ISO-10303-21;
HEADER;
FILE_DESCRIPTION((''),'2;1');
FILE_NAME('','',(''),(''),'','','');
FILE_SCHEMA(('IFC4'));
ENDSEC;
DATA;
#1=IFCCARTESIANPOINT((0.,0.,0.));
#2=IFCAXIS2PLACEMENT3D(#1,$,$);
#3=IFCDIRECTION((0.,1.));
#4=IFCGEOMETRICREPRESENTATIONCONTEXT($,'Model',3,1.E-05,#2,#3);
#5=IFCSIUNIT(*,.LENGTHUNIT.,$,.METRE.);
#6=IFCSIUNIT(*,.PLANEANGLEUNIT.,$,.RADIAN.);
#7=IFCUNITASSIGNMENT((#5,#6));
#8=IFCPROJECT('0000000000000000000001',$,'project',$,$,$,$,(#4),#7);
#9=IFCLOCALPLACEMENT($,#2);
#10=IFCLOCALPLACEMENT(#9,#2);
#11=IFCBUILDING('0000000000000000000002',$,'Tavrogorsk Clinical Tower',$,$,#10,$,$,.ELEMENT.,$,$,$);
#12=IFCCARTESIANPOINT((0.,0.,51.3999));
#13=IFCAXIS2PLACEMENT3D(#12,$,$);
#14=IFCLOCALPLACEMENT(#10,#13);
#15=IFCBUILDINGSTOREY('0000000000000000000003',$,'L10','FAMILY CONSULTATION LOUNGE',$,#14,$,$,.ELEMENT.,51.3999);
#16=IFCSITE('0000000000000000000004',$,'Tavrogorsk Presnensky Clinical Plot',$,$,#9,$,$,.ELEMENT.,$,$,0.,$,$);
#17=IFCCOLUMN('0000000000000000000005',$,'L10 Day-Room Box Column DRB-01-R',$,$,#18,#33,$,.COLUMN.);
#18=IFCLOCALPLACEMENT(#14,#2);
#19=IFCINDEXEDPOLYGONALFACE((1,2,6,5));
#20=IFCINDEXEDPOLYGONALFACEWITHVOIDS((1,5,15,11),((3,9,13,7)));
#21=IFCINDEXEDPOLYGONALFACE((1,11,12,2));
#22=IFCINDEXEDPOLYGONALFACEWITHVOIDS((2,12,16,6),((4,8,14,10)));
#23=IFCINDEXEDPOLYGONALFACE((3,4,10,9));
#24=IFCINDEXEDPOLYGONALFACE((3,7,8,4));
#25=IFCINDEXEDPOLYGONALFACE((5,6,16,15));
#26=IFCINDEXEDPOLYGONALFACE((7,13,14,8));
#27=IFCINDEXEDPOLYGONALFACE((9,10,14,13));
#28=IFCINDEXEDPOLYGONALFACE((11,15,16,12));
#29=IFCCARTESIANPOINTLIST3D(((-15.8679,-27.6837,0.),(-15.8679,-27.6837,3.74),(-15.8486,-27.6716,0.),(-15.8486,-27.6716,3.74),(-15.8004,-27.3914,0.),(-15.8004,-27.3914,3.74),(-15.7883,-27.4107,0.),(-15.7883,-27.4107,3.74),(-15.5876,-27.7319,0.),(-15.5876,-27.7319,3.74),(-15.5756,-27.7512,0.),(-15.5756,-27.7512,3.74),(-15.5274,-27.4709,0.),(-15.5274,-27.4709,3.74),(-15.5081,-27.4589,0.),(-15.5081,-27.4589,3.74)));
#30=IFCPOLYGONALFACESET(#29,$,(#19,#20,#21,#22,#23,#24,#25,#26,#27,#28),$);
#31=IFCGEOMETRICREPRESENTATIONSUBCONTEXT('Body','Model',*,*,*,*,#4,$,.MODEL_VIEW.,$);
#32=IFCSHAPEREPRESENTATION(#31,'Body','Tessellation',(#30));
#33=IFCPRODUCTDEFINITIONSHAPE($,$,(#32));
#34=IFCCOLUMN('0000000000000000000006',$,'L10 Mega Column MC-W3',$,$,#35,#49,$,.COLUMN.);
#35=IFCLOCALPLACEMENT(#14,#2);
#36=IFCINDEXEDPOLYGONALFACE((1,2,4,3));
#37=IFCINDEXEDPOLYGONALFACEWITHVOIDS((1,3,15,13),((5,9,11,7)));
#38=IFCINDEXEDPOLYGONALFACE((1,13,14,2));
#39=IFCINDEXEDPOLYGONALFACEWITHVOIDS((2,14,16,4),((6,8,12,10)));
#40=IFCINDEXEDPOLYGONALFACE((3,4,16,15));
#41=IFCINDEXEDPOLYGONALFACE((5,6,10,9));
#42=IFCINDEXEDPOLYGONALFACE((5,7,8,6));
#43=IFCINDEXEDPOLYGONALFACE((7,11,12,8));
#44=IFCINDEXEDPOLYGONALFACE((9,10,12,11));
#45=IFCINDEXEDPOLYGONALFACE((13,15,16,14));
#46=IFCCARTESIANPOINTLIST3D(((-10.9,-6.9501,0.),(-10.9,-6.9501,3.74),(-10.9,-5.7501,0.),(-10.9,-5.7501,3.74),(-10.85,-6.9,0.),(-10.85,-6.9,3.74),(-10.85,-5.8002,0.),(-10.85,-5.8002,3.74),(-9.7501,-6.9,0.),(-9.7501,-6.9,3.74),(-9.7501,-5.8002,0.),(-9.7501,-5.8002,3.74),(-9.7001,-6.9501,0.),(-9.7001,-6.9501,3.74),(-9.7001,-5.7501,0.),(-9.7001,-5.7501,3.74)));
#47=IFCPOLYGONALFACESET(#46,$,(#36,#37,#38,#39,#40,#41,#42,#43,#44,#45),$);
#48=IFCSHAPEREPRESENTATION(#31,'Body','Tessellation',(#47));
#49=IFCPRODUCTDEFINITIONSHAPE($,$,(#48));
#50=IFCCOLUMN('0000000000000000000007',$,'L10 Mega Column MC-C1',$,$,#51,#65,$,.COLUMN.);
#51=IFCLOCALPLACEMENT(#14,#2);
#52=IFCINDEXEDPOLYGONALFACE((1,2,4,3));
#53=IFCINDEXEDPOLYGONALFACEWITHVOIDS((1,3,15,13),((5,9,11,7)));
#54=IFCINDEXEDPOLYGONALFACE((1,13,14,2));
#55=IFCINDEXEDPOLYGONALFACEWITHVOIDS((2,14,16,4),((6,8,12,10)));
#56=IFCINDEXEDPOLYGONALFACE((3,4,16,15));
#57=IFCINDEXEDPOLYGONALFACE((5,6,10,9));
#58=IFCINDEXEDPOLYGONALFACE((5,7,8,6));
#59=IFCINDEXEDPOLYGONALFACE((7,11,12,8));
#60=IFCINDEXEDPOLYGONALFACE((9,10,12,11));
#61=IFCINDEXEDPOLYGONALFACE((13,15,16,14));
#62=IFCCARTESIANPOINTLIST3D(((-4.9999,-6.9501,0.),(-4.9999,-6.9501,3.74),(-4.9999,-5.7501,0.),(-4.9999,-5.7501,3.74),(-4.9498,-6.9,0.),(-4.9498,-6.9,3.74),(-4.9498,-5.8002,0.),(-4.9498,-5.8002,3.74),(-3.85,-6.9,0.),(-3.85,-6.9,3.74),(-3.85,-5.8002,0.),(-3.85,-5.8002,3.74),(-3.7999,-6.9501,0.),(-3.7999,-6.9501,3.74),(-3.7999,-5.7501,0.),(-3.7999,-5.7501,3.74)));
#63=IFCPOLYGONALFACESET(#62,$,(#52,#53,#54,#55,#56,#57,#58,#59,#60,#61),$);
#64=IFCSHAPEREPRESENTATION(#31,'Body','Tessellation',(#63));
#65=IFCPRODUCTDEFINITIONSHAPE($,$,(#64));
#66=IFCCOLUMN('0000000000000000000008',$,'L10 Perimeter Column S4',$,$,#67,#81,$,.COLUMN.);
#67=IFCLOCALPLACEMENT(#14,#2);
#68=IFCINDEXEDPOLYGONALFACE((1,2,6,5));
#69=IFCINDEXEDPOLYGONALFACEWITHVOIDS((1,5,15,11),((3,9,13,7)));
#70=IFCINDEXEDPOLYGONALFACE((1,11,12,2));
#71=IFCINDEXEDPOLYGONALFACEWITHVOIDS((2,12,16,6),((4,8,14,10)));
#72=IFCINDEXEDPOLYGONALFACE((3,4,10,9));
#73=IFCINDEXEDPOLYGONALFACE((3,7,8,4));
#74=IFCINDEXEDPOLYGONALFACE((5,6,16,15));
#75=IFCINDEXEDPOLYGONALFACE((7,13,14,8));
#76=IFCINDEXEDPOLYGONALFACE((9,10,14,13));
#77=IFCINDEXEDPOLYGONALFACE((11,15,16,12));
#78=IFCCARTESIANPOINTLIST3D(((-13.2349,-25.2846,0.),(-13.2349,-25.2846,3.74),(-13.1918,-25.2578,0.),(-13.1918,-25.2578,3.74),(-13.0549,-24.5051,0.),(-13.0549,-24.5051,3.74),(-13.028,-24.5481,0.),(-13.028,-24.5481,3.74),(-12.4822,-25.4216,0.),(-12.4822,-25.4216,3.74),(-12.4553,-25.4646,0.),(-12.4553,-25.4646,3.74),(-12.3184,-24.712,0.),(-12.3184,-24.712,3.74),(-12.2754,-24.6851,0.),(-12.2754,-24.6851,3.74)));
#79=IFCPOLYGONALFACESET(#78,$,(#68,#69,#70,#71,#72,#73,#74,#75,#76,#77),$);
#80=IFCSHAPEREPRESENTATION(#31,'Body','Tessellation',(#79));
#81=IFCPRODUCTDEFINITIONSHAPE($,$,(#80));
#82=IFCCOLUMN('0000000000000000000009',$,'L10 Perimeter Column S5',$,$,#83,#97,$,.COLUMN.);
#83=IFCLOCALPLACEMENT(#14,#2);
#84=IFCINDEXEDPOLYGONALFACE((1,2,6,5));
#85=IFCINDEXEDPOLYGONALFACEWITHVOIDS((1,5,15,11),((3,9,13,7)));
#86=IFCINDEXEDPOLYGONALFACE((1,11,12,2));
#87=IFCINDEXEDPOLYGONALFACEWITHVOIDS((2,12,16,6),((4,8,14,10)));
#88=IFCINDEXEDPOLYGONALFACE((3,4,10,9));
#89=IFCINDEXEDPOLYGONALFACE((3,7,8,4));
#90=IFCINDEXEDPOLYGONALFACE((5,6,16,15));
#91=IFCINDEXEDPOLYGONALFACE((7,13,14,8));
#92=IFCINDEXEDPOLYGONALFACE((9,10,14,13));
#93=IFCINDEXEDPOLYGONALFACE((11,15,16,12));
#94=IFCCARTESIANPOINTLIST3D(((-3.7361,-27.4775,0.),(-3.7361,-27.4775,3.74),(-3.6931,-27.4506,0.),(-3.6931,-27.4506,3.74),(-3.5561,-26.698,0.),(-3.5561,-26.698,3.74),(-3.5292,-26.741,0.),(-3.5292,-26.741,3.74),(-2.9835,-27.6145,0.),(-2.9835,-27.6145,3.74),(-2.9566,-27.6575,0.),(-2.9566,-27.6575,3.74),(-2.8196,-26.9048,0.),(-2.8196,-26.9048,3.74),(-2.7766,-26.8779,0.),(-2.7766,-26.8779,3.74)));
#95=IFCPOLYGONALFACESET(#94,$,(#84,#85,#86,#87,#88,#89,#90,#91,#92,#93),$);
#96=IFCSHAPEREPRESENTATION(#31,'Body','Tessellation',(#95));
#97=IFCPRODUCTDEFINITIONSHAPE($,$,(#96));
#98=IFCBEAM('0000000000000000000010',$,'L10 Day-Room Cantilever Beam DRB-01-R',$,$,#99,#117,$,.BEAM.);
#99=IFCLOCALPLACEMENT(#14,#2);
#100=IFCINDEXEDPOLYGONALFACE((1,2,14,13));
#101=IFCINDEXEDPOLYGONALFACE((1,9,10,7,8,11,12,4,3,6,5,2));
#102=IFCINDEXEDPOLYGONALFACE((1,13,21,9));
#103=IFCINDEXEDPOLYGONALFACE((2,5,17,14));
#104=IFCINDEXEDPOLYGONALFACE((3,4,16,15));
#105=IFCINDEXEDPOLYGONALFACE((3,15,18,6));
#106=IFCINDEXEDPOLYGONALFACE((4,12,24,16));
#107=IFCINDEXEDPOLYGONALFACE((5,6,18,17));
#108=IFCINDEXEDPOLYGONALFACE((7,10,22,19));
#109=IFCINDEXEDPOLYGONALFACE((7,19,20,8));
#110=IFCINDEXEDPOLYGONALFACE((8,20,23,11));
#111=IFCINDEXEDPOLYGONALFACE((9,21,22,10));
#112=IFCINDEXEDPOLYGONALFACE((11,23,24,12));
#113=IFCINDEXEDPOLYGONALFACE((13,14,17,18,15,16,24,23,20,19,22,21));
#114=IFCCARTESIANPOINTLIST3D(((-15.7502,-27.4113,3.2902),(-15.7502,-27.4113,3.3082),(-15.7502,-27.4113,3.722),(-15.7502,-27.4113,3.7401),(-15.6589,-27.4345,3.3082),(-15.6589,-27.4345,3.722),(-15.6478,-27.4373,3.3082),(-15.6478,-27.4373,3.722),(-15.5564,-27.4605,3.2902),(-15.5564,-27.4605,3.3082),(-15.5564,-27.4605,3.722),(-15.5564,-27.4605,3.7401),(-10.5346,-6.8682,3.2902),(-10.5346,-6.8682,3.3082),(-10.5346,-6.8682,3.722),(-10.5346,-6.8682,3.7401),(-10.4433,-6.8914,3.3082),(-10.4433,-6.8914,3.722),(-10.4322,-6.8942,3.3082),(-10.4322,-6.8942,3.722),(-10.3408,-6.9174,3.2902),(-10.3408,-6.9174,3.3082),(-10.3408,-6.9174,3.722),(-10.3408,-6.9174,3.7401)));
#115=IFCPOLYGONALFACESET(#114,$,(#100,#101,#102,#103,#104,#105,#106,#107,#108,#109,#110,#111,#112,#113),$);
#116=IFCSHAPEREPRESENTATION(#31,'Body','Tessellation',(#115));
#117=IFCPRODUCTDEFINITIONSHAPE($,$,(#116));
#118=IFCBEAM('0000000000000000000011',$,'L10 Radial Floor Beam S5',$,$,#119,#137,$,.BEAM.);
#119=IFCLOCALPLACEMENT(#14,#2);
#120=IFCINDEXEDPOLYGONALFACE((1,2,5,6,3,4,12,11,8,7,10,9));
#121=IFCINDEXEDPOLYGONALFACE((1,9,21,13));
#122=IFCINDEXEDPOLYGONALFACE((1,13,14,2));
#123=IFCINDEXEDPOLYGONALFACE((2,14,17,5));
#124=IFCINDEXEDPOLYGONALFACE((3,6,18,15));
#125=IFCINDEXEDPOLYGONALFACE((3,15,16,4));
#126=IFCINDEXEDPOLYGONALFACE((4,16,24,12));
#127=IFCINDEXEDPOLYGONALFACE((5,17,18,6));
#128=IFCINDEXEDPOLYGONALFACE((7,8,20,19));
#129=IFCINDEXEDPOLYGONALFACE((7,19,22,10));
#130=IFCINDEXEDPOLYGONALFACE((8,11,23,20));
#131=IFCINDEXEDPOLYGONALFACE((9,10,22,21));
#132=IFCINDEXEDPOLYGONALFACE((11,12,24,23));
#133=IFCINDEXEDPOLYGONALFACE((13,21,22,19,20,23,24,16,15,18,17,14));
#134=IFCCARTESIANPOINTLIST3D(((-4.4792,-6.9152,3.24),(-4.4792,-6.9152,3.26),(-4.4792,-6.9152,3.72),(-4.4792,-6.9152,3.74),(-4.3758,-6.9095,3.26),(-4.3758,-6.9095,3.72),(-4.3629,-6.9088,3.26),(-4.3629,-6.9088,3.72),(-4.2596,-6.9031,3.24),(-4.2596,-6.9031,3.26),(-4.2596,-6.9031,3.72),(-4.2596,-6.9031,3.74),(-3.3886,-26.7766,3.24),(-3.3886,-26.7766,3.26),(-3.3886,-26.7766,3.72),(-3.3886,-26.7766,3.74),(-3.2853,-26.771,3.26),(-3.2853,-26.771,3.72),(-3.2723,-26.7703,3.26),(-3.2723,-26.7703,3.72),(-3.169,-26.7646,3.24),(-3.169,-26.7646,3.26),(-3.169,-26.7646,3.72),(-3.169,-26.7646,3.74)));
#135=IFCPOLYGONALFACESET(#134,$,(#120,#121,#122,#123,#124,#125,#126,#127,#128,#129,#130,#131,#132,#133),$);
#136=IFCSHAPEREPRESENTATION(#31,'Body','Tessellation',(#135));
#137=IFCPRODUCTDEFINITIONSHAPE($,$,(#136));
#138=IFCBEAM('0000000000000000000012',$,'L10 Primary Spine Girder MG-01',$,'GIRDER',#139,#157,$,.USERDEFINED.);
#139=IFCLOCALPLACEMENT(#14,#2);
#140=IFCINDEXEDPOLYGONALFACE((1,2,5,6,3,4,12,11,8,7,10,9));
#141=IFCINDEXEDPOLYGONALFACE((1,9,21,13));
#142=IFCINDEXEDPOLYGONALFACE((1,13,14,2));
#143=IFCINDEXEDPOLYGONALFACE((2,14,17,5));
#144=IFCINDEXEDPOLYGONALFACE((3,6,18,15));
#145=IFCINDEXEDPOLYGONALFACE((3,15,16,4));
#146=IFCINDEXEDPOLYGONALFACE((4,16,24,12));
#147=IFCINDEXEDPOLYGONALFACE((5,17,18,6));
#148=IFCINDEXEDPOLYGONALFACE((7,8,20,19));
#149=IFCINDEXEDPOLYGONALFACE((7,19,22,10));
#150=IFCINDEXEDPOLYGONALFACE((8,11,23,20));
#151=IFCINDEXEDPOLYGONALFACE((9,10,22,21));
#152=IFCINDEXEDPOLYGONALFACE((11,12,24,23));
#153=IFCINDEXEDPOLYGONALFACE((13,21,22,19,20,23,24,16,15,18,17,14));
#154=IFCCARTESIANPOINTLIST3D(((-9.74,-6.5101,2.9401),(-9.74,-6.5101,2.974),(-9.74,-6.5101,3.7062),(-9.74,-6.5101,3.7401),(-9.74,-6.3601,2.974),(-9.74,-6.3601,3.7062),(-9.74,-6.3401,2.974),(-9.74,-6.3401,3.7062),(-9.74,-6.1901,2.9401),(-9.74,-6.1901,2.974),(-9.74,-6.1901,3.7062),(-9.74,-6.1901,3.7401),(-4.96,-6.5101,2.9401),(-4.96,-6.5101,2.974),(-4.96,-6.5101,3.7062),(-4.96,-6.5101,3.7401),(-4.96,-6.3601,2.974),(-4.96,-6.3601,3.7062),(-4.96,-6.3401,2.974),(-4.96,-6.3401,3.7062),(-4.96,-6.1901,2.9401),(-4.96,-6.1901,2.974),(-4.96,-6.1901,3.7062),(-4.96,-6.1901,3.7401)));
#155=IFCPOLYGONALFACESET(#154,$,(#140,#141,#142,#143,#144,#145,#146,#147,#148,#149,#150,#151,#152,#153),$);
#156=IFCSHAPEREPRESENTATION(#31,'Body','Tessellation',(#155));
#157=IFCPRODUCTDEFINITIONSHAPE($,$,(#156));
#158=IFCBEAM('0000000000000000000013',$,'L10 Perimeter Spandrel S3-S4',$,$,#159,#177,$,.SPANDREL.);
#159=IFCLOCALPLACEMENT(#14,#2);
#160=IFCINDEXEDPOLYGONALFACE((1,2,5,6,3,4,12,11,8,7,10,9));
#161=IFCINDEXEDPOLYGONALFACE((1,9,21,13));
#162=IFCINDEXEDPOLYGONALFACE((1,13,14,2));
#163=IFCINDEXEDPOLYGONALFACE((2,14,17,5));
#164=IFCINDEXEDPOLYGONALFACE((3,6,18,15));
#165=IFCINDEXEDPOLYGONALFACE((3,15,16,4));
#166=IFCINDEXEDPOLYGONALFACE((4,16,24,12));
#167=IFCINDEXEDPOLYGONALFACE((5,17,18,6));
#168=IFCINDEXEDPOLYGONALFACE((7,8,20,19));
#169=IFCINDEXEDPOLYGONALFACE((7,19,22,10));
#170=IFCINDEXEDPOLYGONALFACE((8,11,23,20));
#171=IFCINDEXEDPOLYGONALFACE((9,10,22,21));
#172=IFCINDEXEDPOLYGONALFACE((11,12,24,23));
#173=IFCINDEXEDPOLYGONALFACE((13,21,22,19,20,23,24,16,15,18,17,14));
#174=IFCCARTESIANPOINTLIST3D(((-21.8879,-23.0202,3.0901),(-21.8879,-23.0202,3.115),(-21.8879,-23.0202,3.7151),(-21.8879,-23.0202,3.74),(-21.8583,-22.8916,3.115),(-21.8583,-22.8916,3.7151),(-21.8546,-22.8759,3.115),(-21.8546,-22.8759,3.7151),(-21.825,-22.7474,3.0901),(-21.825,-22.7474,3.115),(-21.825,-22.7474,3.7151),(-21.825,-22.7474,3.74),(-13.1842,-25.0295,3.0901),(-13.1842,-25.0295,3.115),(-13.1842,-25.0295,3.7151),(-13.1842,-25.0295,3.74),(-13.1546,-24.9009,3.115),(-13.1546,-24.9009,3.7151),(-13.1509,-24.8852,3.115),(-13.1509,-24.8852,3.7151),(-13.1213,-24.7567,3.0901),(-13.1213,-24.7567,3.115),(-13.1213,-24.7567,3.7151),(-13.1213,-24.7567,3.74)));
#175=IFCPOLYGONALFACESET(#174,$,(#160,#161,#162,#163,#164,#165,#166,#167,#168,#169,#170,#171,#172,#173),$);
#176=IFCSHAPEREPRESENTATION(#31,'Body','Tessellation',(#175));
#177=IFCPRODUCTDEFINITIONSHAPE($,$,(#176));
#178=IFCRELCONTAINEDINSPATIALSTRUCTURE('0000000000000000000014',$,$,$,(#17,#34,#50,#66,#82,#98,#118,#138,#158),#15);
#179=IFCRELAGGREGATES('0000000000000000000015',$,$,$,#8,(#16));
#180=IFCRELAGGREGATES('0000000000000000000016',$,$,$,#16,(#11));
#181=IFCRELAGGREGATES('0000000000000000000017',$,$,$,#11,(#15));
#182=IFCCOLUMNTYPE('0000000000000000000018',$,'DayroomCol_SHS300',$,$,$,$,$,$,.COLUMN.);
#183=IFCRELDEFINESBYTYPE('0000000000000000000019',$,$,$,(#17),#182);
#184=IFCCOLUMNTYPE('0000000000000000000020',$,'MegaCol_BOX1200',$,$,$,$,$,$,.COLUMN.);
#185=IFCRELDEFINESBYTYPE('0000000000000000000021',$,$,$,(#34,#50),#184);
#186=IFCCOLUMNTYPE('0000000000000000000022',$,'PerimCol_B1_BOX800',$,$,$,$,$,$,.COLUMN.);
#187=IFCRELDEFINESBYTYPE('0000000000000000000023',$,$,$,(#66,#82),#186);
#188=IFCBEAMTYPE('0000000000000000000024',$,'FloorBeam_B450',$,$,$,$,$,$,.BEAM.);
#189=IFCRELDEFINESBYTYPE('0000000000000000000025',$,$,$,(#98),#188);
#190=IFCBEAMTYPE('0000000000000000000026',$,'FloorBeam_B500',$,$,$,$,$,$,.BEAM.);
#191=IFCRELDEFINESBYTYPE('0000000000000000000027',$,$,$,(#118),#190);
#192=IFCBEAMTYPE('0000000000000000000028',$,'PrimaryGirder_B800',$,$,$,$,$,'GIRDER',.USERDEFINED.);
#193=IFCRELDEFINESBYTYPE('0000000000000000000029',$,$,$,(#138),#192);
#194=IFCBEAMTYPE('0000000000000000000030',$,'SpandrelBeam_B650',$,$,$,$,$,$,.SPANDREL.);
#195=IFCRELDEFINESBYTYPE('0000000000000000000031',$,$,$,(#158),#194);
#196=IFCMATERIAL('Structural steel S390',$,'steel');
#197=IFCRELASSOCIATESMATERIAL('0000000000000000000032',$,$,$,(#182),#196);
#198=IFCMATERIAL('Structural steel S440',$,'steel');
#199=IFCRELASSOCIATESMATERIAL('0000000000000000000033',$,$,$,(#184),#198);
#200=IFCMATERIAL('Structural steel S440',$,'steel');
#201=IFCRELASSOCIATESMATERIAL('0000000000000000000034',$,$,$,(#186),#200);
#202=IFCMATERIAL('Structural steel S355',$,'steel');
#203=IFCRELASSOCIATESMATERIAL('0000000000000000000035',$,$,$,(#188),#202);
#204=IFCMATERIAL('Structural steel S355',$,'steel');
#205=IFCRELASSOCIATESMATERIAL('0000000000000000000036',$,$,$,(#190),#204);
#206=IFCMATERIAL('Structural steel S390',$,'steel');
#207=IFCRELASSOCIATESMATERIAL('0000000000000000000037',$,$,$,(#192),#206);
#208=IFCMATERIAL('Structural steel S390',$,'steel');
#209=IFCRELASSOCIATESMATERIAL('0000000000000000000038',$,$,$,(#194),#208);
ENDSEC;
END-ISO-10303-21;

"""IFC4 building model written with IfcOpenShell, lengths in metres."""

from ifc_helpers import new_model, si_unit, direction, frame, origin, origin_2d, place, context, subcontext, project, spatial, hollow_rectangle, i_section, extrude, material, material_profile, profile_set, type_object, element, save


model = new_model("IFC4")

# Units and contexts
model_context = context("Model", 3, precision=1e-05, world=origin(), true_north=direction((0.0, 1.0)))
body_context = subcontext(model_context, "Body", "Model", "MODEL_VIEW")
ifc_project = project(units=[si_unit("LENGTHUNIT", "METRE"), si_unit("PLANEANGLEUNIT", "RADIAN")], contexts=[model_context])

# Site, building, storey
site_placement = place(None, origin())
site = spatial("IfcSite", under=ifc_project, at=site_placement, Name="Tavrogorsk Presnensky Clinical Plot", CompositionType="ELEMENT", RefElevation=0.0)
building_placement = place(site_placement, origin())
building = spatial("IfcBuilding", under=site, at=building_placement, Name="Tavrogorsk Clinical Tower", CompositionType="ELEMENT")
storey_placement = place(building_placement, frame((0.0, 0.0, 51.3999)))
storey = spatial("IfcBuildingStorey", under=building, at=storey_placement, Name="L10", Description="FAMILY CONSULTATION LOUNGE", CompositionType="ELEMENT", Elevation=51.3999)

# Columns
ifc_material_1 = material(Name="Structural steel S390", Category="steel")
ifc_material_profile_1 = material_profile(ifc_material_1, hollow_rectangle(XDim=0.3, YDim=0.3, WallThickness=0.0161, at=origin_2d()), Name="SHS-300x300x16")
ifc_profile_set_1 = profile_set([ifc_material_profile_1], Name="Structural steel S390")
column_type_1 = type_object("IfcColumnType", Name="DayroomCol_SHS300", PredefinedType="COLUMN", material=ifc_profile_set_1)
column_placement = place(storey_placement, frame((-15.688, -27.5713, 0.0), z_axis=(0.0, 0.0, 1.0), x_axis=(0.97437, -0.224951, 0.0)))
element("IfcColumn", 1, at=column_placement, inside=storey, type_object=column_type_1, Name="L10 Day-Room Box Column DRB-01-R", PredefinedType="COLUMN", context=body_context, shape_type="SweptSolid", body=[
    extrude(hollow_rectangle(XDim=0.3, YDim=0.3, WallThickness=0.0161, at=origin_2d()), origin(), (0.0, 0.0, 1.0), 3.74),
])
ifc_material_2 = material(Name="Structural steel S440", Category="steel")
ifc_material_profile_2 = material_profile(ifc_material_2, hollow_rectangle(XDim=1.2, YDim=1.2, WallThickness=0.05, at=origin_2d()), Name="BOX-1200x1200x50")
ifc_profile_set_2 = profile_set([ifc_material_profile_2], Name="Structural steel S440")
column_type_2 = type_object("IfcColumnType", Name="MegaCol_BOX1200", PredefinedType="COLUMN", material=ifc_profile_set_2)
for number, where, z_axis, x_axis, name in (
    (2, (-10.3, -6.3501, 0.0), (0.0, 0.0, 1.0), (1.0, 0.0, 0.0), "L10 Mega Column MC-W3"),
    (3, (-4.3999, -6.3501, 0.0), (0.0, 0.0, 1.0), (1.0, 0.0, 0.0), "L10 Mega Column MC-C1"),
):
    element("IfcColumn", number, at=place(storey_placement, frame(where, z_axis=z_axis, x_axis=x_axis)), inside=storey, type_object=column_type_2, Name=name, PredefinedType="COLUMN", context=body_context, shape_type="SweptSolid", body=[
        extrude(hollow_rectangle(XDim=1.2, YDim=1.2, WallThickness=0.05, at=origin_2d()), origin(), (0.0, 0.0, 1.0), 3.74),
    ])
ifc_material_3 = material(Name="Structural steel S440", Category="steel")
ifc_material_profile_3 = material_profile(ifc_material_3, hollow_rectangle(XDim=0.8, YDim=0.8, WallThickness=0.0359, at=origin_2d()), Name="BOX-800x800x36")
ifc_profile_set_3 = profile_set([ifc_material_profile_3], Name="Structural steel S440")
column_type_3 = type_object("IfcColumnType", Name="PerimCol_B1_BOX800", PredefinedType="COLUMN", material=ifc_profile_set_3)
for number, where, z_axis, x_axis, name in (
    (4, (-12.7551, -24.9849, 0.0), (0.0, 0.0, 1.0), (0.97437, -0.224951, 0.0), "L10 Perimeter Column S4"),
    (5, (-3.2563, -27.1777, 0.0), (0.0, 0.0, 1.0), (0.97437, -0.224951, 0.0), "L10 Perimeter Column S5"),
):
    element("IfcColumn", number, at=place(storey_placement, frame(where, z_axis=z_axis, x_axis=x_axis)), inside=storey, type_object=column_type_3, Name=name, PredefinedType="COLUMN", context=body_context, shape_type="SweptSolid", body=[
        extrude(hollow_rectangle(XDim=0.8, YDim=0.8, WallThickness=0.0359, at=origin_2d()), origin(), (0.0, 0.0, 1.0), 3.74),
    ])

# Beams
ifc_material_4 = material(Name="Structural steel S355", Category="steel")
ifc_material_profile_4 = material_profile(ifc_material_4, i_section(OverallWidth=0.2, OverallDepth=0.45, WebThickness=0.0115, FlangeThickness=0.0181, at=origin_2d()), Name="B-450x200x11.5x18")
ifc_profile_set_4 = profile_set([ifc_material_profile_4], Name="Structural steel S355")
beam_type_1 = type_object("IfcBeamType", Name="FloorBeam_B450", PredefinedType="BEAM", material=ifc_profile_set_4)
beam_1_placement = place(storey_placement, frame((-10.4377, -6.8928, 3.5151), z_axis=(-0.246079, -0.96925, 0.0), x_axis=(0.96925, -0.246079, 0.0)))
element("IfcBeam", 6, at=beam_1_placement, inside=storey, type_object=beam_type_1, Name="L10 Day-Room Cantilever Beam DRB-01-R", PredefinedType="BEAM", context=body_context, shape_type="SweptSolid", body=[
    extrude(i_section(OverallWidth=0.2, OverallDepth=0.45, WebThickness=0.0115, FlangeThickness=0.0181, at=origin_2d()), origin(), (0.0, 0.0, 1.0), 21.1948),
])
ifc_material_5 = material(Name="Structural steel S355", Category="steel")
ifc_material_profile_5 = material_profile(ifc_material_5, i_section(OverallWidth=0.22, OverallDepth=0.5, WebThickness=0.0129, FlangeThickness=0.02, at=origin_2d()), Name="B-500x220x13x20")
ifc_profile_set_5 = profile_set([ifc_material_profile_5], Name="Structural steel S355")
beam_type_2 = type_object("IfcBeamType", Name="FloorBeam_B500", PredefinedType="BEAM", material=ifc_profile_set_5)
beam_2_placement = place(storey_placement, frame((-4.3694, -6.9092, 3.49), z_axis=(0.054827, -0.998496, 0.0), x_axis=(0.998496, 0.054827, 0.0)))
element("IfcBeam", 7, at=beam_2_placement, inside=storey, type_object=beam_type_2, Name="L10 Radial Floor Beam S5", PredefinedType="BEAM", context=body_context, shape_type="SweptSolid", body=[
    extrude(i_section(OverallWidth=0.22, OverallDepth=0.5, WebThickness=0.0129, FlangeThickness=0.02, at=origin_2d()), origin(), (0.0, 0.0, 1.0), 19.8914),
])
ifc_material_6 = material(Name="Structural steel S390", Category="steel")
ifc_material_profile_6 = material_profile(ifc_material_6, i_section(OverallWidth=0.3201, OverallDepth=0.8, WebThickness=0.02, FlangeThickness=0.0339, at=origin_2d()), Name="B-800x320x20x34")
ifc_profile_set_6 = profile_set([ifc_material_profile_6], Name="Structural steel S390")
beam_type_3 = type_object("IfcBeamType", Name="PrimaryGirder_B800", ElementType="GIRDER", PredefinedType="USERDEFINED", material=ifc_profile_set_6)
beam_3_placement = place(storey_placement, frame((-9.74, -6.3501, 3.3401), z_axis=(1.0, 0.0, 0.0), x_axis=(0.0, 1.0, 0.0)))
element("IfcBeam", 8, at=beam_3_placement, inside=storey, type_object=beam_type_3, Name="L10 Primary Spine Girder MG-01", ObjectType="GIRDER", PredefinedType="USERDEFINED", context=body_context, shape_type="SweptSolid", body=[
    extrude(i_section(OverallWidth=0.3201, OverallDepth=0.8, WebThickness=0.02, FlangeThickness=0.0339, at=origin_2d()), origin(), (0.0, 0.0, 1.0), 4.78),
])
ifc_material_7 = material(Name="Structural steel S390", Category="steel")
ifc_material_profile_7 = material_profile(ifc_material_7, i_section(OverallWidth=0.28, OverallDepth=0.6499, WebThickness=0.0161, FlangeThickness=0.0249, at=origin_2d()), Name="B-650x280x16x25")
ifc_profile_set_7 = profile_set([ifc_material_profile_7], Name="Structural steel S390")
beam_type_4 = type_object("IfcBeamType", Name="SpandrelBeam_B650", PredefinedType="SPANDREL", material=ifc_profile_set_7)
for number, where, z_axis, x_axis, name in (
    (9, (-21.8564, -22.8838, 3.415), (0.974373, -0.224939, 0.0), (0.224939, 0.974373, 0.0), "L10 Perimeter Spandrel S3-S4"),
):
    element("IfcBeam", number, at=place(storey_placement, frame(where, z_axis=z_axis, x_axis=x_axis)), inside=storey, type_object=beam_type_4, Name=name, PredefinedType="SPANDREL", context=body_context, shape_type="SweptSolid", body=[
        extrude(i_section(OverallWidth=0.28, OverallDepth=0.6499, WebThickness=0.0161, FlangeThickness=0.0249, at=origin_2d()), origin(), (0.0, 0.0, 1.0), 8.9326),
    ])

save(model, "model.ifc")
